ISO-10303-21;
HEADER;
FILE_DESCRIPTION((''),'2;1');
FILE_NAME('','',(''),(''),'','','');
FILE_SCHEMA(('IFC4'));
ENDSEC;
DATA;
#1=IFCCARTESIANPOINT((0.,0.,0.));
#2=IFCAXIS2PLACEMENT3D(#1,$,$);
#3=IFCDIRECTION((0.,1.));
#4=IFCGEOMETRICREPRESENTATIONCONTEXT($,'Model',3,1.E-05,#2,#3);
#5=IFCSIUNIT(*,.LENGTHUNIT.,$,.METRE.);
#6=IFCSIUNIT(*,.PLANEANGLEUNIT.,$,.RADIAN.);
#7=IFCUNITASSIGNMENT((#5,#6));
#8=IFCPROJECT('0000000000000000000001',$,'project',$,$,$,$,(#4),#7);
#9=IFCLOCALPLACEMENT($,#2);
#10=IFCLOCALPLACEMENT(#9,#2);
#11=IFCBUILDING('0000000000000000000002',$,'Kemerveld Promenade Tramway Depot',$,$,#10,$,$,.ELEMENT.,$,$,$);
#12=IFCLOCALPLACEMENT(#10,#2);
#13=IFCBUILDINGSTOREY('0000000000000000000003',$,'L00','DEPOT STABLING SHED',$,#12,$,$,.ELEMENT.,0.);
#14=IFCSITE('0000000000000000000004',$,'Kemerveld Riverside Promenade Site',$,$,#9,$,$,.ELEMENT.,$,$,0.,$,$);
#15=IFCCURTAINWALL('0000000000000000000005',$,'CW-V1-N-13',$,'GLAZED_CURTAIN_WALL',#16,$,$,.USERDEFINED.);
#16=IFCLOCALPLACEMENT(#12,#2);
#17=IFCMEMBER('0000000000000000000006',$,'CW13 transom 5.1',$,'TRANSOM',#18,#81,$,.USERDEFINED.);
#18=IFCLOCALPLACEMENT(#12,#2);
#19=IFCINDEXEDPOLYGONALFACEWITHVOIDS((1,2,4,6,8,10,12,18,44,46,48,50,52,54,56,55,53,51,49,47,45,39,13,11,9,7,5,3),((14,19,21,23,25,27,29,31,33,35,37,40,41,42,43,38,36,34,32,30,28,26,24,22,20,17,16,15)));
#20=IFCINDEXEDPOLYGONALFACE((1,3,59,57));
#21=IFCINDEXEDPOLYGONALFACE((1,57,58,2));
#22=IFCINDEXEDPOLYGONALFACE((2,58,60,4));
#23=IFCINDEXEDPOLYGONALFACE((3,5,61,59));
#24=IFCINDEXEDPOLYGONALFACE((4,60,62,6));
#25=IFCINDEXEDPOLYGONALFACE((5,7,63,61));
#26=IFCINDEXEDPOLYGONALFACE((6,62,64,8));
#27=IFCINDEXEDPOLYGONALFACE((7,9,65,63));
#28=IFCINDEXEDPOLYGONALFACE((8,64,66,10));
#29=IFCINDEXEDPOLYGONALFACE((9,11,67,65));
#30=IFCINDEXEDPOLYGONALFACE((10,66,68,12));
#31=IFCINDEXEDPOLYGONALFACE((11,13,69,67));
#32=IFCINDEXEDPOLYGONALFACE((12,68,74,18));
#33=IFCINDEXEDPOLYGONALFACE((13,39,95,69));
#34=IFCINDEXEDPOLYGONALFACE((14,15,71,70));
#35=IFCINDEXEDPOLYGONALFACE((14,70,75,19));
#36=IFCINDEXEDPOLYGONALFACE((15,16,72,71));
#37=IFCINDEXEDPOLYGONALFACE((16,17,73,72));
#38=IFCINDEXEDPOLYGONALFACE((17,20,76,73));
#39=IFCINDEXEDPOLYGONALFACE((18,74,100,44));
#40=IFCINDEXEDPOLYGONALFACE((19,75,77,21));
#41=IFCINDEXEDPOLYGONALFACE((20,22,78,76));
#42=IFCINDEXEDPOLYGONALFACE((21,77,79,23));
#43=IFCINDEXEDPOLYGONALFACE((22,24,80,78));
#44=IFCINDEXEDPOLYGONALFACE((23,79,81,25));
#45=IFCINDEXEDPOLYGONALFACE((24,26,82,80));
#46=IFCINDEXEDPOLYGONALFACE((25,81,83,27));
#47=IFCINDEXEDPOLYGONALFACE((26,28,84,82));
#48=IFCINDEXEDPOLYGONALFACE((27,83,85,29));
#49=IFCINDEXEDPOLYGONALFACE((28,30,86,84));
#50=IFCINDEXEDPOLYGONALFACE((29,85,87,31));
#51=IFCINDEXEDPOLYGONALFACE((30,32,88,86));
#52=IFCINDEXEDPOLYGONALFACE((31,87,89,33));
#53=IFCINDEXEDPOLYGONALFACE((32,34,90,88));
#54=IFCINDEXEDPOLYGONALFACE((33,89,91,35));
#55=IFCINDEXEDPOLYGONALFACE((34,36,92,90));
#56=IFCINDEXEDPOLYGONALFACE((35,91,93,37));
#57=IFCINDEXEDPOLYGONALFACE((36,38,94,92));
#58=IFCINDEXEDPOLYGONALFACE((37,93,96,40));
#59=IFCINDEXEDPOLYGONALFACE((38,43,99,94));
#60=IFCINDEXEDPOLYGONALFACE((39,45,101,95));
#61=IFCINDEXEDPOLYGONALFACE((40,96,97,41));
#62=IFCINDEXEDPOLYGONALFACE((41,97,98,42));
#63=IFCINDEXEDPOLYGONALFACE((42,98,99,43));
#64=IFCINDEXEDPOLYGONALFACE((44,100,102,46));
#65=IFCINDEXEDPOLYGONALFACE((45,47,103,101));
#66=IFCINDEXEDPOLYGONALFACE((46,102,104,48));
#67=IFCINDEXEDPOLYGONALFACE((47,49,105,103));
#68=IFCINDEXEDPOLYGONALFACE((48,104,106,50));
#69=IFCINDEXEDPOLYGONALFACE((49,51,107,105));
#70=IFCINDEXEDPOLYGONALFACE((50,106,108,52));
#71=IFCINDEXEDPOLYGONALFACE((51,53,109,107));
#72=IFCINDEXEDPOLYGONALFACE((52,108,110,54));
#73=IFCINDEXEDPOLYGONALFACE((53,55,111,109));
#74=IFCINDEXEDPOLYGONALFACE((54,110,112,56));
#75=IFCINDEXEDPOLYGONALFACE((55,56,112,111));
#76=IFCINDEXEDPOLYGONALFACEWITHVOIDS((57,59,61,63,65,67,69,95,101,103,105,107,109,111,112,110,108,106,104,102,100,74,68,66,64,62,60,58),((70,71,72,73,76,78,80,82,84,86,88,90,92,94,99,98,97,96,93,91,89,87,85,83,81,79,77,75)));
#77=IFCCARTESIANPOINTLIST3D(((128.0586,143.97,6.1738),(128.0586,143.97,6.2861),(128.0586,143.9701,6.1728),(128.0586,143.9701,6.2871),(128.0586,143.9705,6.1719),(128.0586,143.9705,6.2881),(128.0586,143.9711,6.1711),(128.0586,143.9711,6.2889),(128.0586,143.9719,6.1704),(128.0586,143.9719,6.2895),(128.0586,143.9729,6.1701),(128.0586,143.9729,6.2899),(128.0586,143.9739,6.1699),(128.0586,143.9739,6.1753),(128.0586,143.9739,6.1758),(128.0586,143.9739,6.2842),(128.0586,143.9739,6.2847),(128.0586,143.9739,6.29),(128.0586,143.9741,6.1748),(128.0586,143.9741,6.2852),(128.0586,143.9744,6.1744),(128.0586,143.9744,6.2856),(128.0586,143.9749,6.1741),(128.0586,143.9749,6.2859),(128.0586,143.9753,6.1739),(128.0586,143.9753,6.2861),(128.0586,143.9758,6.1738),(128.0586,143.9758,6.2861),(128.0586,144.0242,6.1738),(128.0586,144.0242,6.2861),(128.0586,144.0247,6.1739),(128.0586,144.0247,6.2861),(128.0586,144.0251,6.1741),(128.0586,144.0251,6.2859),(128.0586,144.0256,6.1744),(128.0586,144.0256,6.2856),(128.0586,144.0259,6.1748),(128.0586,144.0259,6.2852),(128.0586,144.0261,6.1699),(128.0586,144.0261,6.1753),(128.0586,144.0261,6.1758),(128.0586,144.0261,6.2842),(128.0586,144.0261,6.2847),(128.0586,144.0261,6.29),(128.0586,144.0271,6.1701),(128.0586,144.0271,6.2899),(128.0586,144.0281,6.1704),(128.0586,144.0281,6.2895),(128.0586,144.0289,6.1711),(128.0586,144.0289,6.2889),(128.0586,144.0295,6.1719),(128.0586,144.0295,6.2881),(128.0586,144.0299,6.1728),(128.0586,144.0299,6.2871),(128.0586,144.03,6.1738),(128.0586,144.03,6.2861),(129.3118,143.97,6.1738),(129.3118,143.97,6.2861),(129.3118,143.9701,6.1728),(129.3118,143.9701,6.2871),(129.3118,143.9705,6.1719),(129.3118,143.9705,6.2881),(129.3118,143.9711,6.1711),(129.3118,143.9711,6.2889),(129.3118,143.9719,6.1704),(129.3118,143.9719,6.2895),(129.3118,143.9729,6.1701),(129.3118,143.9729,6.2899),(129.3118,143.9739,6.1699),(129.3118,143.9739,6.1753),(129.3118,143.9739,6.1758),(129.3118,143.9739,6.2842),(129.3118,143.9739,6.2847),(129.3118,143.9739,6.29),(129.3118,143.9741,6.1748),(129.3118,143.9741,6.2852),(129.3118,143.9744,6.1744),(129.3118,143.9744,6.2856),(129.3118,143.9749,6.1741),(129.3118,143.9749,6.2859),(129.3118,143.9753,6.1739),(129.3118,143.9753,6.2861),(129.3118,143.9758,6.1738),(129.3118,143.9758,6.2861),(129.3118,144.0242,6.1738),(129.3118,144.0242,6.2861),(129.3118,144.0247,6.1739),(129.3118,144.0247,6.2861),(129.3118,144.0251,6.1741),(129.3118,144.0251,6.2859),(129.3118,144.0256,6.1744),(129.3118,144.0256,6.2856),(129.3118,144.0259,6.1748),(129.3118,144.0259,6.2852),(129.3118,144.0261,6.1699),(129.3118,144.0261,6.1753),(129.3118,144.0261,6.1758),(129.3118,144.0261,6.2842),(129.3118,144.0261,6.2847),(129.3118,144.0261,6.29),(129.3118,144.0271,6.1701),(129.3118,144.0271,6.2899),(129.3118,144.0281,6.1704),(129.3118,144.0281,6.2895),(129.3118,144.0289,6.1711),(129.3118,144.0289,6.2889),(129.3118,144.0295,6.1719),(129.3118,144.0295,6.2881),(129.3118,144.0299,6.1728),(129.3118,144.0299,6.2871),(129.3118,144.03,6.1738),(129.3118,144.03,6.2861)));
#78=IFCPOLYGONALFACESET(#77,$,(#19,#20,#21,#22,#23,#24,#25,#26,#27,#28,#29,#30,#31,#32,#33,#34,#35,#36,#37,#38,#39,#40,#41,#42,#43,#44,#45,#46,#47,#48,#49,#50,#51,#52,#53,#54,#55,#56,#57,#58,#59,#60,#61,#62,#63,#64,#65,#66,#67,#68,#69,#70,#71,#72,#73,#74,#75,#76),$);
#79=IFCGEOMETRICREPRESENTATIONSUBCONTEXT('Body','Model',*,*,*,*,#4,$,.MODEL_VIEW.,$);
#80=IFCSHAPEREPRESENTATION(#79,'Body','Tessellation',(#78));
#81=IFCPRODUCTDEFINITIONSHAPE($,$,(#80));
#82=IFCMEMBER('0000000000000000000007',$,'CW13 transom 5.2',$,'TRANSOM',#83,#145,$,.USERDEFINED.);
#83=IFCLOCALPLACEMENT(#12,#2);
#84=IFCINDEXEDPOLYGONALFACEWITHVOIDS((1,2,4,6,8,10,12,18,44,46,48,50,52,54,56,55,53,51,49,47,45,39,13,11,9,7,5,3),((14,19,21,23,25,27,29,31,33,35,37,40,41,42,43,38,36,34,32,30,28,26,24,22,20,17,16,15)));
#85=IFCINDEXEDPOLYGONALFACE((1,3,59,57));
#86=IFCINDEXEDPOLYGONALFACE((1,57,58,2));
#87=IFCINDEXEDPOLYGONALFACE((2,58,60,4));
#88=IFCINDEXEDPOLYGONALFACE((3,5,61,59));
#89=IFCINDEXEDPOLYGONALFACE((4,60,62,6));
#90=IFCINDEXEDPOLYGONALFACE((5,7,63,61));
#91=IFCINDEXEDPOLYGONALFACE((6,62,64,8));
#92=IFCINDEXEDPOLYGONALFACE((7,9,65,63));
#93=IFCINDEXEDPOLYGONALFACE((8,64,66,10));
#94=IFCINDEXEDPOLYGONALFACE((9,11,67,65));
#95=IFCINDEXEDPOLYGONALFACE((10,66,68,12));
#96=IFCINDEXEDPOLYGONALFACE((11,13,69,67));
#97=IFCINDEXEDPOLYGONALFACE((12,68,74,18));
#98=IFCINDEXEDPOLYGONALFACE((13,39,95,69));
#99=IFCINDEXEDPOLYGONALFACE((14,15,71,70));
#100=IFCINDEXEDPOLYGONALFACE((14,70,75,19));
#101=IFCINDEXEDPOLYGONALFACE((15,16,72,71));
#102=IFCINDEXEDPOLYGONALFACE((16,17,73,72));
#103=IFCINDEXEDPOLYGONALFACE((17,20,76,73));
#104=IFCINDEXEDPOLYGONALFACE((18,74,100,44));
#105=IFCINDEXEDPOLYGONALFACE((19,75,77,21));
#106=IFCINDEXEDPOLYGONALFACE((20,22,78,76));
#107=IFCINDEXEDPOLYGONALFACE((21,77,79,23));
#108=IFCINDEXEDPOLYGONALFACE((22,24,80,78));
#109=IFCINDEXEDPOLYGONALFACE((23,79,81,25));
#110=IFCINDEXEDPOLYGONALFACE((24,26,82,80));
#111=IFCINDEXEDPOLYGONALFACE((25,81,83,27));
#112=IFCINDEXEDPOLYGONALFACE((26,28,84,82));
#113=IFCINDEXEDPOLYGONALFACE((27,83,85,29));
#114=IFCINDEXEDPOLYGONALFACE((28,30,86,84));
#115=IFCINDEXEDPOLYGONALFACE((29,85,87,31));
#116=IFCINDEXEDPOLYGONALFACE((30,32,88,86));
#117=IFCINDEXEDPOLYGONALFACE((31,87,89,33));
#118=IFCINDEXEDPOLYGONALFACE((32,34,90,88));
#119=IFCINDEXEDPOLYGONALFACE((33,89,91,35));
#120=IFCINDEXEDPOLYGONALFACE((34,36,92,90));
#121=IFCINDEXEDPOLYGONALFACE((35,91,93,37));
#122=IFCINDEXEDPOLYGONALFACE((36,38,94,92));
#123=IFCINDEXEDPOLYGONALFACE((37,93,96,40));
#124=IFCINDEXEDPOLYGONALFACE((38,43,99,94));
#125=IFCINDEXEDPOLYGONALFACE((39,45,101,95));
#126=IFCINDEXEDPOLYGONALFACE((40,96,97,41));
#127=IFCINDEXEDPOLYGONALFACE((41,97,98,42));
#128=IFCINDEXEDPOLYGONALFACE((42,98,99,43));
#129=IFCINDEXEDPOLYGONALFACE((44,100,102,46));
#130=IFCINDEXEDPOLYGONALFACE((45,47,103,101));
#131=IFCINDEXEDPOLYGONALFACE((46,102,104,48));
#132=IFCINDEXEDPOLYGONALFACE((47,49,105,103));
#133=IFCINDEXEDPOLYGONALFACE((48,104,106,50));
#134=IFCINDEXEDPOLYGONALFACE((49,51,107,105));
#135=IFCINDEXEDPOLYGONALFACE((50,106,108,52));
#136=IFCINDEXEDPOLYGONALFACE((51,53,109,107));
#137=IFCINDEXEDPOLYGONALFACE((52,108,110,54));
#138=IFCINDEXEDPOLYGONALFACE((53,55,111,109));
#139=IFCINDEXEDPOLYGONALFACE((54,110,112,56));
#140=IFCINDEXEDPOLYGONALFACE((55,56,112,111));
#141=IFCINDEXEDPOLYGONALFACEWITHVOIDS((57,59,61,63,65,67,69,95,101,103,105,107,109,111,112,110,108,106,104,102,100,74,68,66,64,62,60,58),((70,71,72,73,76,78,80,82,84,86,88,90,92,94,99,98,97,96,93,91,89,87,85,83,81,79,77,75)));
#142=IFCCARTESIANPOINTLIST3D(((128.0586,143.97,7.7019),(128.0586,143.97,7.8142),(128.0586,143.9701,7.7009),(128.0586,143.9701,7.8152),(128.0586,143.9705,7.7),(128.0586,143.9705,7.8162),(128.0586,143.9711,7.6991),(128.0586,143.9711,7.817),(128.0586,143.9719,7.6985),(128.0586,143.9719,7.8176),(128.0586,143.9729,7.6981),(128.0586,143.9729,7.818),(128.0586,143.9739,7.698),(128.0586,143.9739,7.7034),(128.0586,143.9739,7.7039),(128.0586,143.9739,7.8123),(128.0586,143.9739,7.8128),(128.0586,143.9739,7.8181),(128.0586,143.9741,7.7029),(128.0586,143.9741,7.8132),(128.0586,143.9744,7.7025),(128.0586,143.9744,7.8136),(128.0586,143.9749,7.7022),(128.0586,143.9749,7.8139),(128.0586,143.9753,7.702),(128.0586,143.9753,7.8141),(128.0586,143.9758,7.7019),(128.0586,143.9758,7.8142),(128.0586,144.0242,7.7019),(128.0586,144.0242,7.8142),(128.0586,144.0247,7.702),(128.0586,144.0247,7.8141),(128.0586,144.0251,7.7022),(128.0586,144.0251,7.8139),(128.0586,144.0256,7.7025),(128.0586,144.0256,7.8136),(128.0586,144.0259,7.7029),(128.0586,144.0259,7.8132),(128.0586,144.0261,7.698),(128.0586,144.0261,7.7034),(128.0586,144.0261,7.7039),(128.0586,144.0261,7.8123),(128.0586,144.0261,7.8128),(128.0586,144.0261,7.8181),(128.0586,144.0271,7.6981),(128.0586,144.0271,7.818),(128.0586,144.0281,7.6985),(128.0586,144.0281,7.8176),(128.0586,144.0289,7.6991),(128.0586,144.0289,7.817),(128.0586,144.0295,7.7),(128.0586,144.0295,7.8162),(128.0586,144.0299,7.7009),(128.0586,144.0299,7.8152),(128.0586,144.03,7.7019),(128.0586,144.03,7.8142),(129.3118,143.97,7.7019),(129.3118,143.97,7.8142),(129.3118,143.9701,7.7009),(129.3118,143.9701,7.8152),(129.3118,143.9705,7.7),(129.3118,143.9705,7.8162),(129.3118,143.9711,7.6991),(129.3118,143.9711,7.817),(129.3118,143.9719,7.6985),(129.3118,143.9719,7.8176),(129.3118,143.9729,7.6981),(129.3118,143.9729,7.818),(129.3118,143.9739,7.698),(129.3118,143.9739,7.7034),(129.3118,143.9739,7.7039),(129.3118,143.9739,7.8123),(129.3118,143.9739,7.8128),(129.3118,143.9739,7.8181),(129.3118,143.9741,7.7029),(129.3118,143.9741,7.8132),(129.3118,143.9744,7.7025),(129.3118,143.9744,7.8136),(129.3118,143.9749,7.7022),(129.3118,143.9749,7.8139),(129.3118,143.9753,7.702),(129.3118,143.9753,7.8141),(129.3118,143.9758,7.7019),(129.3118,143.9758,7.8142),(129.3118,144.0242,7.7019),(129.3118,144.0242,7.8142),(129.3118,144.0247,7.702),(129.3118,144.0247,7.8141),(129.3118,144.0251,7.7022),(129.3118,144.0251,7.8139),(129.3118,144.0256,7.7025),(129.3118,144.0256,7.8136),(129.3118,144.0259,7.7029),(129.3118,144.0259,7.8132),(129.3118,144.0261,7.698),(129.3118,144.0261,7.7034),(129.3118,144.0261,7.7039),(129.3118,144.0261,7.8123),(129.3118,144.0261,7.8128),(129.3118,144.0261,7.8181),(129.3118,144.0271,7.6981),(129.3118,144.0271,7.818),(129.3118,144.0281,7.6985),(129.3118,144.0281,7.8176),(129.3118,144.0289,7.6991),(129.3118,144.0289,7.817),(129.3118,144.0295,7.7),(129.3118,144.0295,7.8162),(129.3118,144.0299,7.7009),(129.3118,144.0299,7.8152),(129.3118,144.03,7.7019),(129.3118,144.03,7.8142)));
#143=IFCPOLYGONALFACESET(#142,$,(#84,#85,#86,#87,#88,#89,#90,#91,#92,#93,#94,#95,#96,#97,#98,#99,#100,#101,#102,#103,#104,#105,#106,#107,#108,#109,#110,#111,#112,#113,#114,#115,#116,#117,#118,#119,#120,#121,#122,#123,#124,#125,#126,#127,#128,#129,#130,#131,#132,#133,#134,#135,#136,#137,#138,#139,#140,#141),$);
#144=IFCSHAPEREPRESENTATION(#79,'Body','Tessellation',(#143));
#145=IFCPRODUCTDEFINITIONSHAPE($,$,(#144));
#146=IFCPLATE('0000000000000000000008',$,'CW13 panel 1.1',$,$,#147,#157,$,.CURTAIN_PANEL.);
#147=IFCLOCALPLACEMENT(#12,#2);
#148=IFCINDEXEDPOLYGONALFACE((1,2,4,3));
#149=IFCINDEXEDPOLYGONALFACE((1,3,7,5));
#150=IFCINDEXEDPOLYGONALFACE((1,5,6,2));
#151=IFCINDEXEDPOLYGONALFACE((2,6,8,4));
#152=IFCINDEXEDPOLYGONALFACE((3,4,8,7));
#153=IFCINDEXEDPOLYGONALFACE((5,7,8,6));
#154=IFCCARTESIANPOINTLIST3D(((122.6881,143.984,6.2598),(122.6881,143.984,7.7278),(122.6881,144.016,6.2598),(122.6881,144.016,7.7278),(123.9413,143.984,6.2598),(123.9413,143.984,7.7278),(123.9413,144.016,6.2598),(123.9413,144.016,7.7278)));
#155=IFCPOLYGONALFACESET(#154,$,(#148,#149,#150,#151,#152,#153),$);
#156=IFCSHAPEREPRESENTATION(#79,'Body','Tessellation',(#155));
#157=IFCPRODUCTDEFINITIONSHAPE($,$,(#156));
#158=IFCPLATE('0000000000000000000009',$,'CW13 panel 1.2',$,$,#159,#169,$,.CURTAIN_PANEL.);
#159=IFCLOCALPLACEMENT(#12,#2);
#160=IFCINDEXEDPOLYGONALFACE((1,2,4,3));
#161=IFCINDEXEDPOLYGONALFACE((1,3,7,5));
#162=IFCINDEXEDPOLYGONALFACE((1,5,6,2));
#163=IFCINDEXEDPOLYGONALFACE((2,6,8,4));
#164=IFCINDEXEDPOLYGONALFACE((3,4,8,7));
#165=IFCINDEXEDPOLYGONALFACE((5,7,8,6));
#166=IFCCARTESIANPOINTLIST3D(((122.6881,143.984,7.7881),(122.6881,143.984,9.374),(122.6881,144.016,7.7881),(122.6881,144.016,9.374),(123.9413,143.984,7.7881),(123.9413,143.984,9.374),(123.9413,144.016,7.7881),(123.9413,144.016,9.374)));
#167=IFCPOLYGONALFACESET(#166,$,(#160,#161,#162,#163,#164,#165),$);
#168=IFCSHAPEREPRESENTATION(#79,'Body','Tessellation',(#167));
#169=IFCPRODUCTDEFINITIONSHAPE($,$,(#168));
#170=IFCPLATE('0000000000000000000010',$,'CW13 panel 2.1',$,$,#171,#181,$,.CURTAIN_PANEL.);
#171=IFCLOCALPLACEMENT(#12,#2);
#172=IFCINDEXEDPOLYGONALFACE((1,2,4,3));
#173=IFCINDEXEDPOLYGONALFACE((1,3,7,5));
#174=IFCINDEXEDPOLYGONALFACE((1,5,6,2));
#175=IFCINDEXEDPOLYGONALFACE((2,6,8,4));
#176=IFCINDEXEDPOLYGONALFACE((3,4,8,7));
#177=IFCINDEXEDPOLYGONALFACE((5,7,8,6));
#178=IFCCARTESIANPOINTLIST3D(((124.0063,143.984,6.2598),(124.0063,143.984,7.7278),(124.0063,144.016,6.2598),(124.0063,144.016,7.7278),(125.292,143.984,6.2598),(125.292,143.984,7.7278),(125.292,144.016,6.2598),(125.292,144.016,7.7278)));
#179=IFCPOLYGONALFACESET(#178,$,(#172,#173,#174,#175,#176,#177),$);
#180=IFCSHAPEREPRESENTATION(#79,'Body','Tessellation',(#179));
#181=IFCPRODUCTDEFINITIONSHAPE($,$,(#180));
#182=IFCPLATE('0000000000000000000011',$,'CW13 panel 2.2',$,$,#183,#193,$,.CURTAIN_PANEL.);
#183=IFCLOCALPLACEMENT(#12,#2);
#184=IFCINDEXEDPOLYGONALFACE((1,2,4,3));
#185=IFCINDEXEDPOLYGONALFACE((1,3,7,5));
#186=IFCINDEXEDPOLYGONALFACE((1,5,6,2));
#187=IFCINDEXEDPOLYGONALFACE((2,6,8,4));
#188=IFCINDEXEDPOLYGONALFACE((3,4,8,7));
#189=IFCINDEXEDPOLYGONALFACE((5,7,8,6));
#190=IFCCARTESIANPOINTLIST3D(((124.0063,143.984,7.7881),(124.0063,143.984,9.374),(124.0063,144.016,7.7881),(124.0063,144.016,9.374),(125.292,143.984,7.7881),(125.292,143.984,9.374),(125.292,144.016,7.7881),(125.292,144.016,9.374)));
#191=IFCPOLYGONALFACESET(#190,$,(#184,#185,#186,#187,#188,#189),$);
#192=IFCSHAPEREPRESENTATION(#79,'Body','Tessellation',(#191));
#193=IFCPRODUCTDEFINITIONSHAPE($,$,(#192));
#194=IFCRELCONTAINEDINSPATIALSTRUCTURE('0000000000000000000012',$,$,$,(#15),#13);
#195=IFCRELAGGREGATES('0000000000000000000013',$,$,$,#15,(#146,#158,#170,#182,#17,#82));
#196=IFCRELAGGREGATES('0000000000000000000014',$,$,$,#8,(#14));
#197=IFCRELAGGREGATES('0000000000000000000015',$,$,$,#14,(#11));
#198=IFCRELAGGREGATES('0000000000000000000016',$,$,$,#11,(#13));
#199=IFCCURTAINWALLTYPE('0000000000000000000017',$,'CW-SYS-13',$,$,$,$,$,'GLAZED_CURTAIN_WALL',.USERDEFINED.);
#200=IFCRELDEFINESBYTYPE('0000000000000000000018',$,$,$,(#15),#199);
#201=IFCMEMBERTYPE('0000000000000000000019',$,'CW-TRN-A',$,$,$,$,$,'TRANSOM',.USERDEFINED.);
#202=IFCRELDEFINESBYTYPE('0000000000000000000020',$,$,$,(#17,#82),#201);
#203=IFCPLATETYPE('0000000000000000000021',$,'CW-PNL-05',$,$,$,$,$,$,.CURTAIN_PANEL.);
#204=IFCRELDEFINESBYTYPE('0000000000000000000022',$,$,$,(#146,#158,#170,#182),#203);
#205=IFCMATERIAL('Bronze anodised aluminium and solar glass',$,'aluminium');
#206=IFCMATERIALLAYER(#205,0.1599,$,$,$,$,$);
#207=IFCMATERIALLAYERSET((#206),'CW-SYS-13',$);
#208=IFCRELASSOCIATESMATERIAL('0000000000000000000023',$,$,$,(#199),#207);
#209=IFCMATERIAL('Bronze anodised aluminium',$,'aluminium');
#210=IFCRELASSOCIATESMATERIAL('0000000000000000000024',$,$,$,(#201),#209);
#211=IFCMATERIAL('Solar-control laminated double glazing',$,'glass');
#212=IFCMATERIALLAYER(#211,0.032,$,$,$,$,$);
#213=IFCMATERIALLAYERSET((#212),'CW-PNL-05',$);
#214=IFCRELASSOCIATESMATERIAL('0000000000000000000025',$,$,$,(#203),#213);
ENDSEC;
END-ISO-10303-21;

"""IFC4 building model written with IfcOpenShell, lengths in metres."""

from ifc_helpers import new_model, si_unit, direction, frame, origin, origin_2d, place, context, subcontext, project, spatial, rectangle, hollow_rectangle, extrude, material, layer, layer_set, material_profile, profile_set, type_object, element, aggregate, save


model = new_model("IFC4")

# Units and contexts
model_context = context("Model", 3, precision=1e-05, world=origin(), true_north=direction((0.0, 1.0)))
body_context = subcontext(model_context, "Body", "Model", "MODEL_VIEW")
ifc_project = project(units=[si_unit("LENGTHUNIT", "METRE"), si_unit("PLANEANGLEUNIT", "RADIAN")], contexts=[model_context])

# Site, building, storey
site_placement = place(None, origin())
site = spatial("IfcSite", under=ifc_project, at=site_placement, Name="Kemerveld Riverside Promenade Site", CompositionType="ELEMENT", RefElevation=0.0)
building_placement = place(site_placement, origin())
building = spatial("IfcBuilding", under=site, at=building_placement, Name="Kemerveld Promenade Tramway Depot", CompositionType="ELEMENT")
storey_placement = place(building_placement, origin())
storey = spatial("IfcBuildingStorey", under=building, at=storey_placement, Name="L00", Description="DEPOT STABLING SHED", CompositionType="ELEMENT", Elevation=0.0)

# Curtain wall, members, plates
ifc_material_1 = material(Name="Bronze anodised aluminium and solar glass", Category="aluminium")
ifc_layer_1 = layer(ifc_material_1, 0.1599)
ifc_layer_set_1 = layer_set([ifc_layer_1], Name="CW-SYS-13")
curtain_wall_type = type_object("IfcCurtainWallType", Name="CW-SYS-13", ElementType="GLAZED_CURTAIN_WALL", PredefinedType="USERDEFINED", material=ifc_layer_set_1)
curtain_wall_placement = place(storey_placement, origin())
curtain_wall = element("IfcCurtainWall", 1, at=curtain_wall_placement, inside=storey, type_object=curtain_wall_type, Name="CW-V1-N-13", ObjectType="GLAZED_CURTAIN_WALL", PredefinedType="USERDEFINED")
ifc_material_2 = material(Name="Bronze anodised aluminium", Category="aluminium")
ifc_material_profile_1 = material_profile(ifc_material_2, hollow_rectangle(XDim=0.0601, YDim=0.1201, WallThickness=0.0039, InnerFilletRadius=0.002, OuterFilletRadius=0.0039, at=origin_2d()), Name="CW-TRN-120x60")
ifc_profile_set_1 = profile_set([ifc_material_profile_1], Name="Bronze anodised aluminium")
member_type_1 = type_object("IfcMemberType", Name="CW-TRN-A", ElementType="TRANSOM", PredefinedType="USERDEFINED", material=ifc_profile_set_1)
member_1_placement = place(storey_placement, frame((128.0586, 144.0, 6.23), z_axis=(1.0, 0.0, 0.0), x_axis=(0.0, 1.0, 0.0)))
member_1 = element("IfcMember", 2, at=member_1_placement, type_object=member_type_1, Name="CW13 transom 5.1", ObjectType="TRANSOM", PredefinedType="USERDEFINED", context=body_context, shape_type="SweptSolid", body=[
    extrude(hollow_rectangle(XDim=0.0601, YDim=0.1201, WallThickness=0.0039, InnerFilletRadius=0.002, OuterFilletRadius=0.0039, at=origin_2d()), origin(), (0.0, 0.0, 1.0), 1.2532),
])
member_2_placement = place(storey_placement, frame((128.0586, 144.0, 7.7581), z_axis=(1.0, 0.0, 0.0), x_axis=(0.0, 1.0, 0.0)))
member_2 = element("IfcMember", 3, at=member_2_placement, type_object=member_type_1, Name="CW13 transom 5.2", ObjectType="TRANSOM", PredefinedType="USERDEFINED", context=body_context, shape_type="SweptSolid", body=[
    extrude(hollow_rectangle(XDim=0.0601, YDim=0.1201, WallThickness=0.0039, InnerFilletRadius=0.002, OuterFilletRadius=0.0039, at=origin_2d()), origin(), (0.0, 0.0, 1.0), 1.2532),
])
ifc_material_3 = material(Name="Solar-control laminated double glazing", Category="glass")
ifc_layer_2 = layer(ifc_material_3, 0.032)
ifc_layer_set_2 = layer_set([ifc_layer_2], Name="CW-PNL-05")
plate_type = type_object("IfcPlateType", Name="CW-PNL-05", PredefinedType="CURTAIN_PANEL", material=ifc_layer_set_2)
plate_1_placement = place(storey_placement, frame((123.3147, 144.0, 6.2598), z_axis=(0.0, 0.0, 1.0), x_axis=(1.0, 0.0, 0.0)))
plate_1 = element("IfcPlate", 4, at=plate_1_placement, type_object=plate_type, Name="CW13 panel 1.1", PredefinedType="CURTAIN_PANEL", context=body_context, shape_type="SweptSolid", body=[
    extrude(rectangle(XDim=1.2532, YDim=0.032, at=origin_2d()), origin(), (0.0, 0.0, 1.0), 1.468),
])
plate_2_placement = place(storey_placement, frame((123.3147, 144.0, 7.7881), z_axis=(0.0, 0.0, 1.0), x_axis=(1.0, 0.0, 0.0)))
plate_2 = element("IfcPlate", 5, at=plate_2_placement, type_object=plate_type, Name="CW13 panel 1.2", PredefinedType="CURTAIN_PANEL", context=body_context, shape_type="SweptSolid", body=[
    extrude(rectangle(XDim=1.2532, YDim=0.032, at=origin_2d()), origin(), (0.0, 0.0, 1.0), 1.5859),
])
plate_3_placement = place(storey_placement, frame((124.6492, 144.0, 6.2598), z_axis=(0.0, 0.0, 1.0), x_axis=(1.0, 0.0, 0.0)))
plate_3 = element("IfcPlate", 6, at=plate_3_placement, type_object=plate_type, Name="CW13 panel 2.1", PredefinedType="CURTAIN_PANEL", context=body_context, shape_type="SweptSolid", body=[
    extrude(rectangle(XDim=1.2856, YDim=0.032, at=origin_2d()), origin(), (0.0, 0.0, 1.0), 1.468),
])
plate_4_placement = place(storey_placement, frame((124.6492, 144.0, 7.7881), z_axis=(0.0, 0.0, 1.0), x_axis=(1.0, 0.0, 0.0)))
plate_4 = element("IfcPlate", 7, at=plate_4_placement, type_object=plate_type, Name="CW13 panel 2.2", PredefinedType="CURTAIN_PANEL", context=body_context, shape_type="SweptSolid", body=[
    extrude(rectangle(XDim=1.2856, YDim=0.032, at=origin_2d()), origin(), (0.0, 0.0, 1.0), 1.5859),
])
aggregate(curtain_wall, [plate_1, plate_2, plate_3, plate_4, member_1, member_2])

save(model, "model.ifc")
